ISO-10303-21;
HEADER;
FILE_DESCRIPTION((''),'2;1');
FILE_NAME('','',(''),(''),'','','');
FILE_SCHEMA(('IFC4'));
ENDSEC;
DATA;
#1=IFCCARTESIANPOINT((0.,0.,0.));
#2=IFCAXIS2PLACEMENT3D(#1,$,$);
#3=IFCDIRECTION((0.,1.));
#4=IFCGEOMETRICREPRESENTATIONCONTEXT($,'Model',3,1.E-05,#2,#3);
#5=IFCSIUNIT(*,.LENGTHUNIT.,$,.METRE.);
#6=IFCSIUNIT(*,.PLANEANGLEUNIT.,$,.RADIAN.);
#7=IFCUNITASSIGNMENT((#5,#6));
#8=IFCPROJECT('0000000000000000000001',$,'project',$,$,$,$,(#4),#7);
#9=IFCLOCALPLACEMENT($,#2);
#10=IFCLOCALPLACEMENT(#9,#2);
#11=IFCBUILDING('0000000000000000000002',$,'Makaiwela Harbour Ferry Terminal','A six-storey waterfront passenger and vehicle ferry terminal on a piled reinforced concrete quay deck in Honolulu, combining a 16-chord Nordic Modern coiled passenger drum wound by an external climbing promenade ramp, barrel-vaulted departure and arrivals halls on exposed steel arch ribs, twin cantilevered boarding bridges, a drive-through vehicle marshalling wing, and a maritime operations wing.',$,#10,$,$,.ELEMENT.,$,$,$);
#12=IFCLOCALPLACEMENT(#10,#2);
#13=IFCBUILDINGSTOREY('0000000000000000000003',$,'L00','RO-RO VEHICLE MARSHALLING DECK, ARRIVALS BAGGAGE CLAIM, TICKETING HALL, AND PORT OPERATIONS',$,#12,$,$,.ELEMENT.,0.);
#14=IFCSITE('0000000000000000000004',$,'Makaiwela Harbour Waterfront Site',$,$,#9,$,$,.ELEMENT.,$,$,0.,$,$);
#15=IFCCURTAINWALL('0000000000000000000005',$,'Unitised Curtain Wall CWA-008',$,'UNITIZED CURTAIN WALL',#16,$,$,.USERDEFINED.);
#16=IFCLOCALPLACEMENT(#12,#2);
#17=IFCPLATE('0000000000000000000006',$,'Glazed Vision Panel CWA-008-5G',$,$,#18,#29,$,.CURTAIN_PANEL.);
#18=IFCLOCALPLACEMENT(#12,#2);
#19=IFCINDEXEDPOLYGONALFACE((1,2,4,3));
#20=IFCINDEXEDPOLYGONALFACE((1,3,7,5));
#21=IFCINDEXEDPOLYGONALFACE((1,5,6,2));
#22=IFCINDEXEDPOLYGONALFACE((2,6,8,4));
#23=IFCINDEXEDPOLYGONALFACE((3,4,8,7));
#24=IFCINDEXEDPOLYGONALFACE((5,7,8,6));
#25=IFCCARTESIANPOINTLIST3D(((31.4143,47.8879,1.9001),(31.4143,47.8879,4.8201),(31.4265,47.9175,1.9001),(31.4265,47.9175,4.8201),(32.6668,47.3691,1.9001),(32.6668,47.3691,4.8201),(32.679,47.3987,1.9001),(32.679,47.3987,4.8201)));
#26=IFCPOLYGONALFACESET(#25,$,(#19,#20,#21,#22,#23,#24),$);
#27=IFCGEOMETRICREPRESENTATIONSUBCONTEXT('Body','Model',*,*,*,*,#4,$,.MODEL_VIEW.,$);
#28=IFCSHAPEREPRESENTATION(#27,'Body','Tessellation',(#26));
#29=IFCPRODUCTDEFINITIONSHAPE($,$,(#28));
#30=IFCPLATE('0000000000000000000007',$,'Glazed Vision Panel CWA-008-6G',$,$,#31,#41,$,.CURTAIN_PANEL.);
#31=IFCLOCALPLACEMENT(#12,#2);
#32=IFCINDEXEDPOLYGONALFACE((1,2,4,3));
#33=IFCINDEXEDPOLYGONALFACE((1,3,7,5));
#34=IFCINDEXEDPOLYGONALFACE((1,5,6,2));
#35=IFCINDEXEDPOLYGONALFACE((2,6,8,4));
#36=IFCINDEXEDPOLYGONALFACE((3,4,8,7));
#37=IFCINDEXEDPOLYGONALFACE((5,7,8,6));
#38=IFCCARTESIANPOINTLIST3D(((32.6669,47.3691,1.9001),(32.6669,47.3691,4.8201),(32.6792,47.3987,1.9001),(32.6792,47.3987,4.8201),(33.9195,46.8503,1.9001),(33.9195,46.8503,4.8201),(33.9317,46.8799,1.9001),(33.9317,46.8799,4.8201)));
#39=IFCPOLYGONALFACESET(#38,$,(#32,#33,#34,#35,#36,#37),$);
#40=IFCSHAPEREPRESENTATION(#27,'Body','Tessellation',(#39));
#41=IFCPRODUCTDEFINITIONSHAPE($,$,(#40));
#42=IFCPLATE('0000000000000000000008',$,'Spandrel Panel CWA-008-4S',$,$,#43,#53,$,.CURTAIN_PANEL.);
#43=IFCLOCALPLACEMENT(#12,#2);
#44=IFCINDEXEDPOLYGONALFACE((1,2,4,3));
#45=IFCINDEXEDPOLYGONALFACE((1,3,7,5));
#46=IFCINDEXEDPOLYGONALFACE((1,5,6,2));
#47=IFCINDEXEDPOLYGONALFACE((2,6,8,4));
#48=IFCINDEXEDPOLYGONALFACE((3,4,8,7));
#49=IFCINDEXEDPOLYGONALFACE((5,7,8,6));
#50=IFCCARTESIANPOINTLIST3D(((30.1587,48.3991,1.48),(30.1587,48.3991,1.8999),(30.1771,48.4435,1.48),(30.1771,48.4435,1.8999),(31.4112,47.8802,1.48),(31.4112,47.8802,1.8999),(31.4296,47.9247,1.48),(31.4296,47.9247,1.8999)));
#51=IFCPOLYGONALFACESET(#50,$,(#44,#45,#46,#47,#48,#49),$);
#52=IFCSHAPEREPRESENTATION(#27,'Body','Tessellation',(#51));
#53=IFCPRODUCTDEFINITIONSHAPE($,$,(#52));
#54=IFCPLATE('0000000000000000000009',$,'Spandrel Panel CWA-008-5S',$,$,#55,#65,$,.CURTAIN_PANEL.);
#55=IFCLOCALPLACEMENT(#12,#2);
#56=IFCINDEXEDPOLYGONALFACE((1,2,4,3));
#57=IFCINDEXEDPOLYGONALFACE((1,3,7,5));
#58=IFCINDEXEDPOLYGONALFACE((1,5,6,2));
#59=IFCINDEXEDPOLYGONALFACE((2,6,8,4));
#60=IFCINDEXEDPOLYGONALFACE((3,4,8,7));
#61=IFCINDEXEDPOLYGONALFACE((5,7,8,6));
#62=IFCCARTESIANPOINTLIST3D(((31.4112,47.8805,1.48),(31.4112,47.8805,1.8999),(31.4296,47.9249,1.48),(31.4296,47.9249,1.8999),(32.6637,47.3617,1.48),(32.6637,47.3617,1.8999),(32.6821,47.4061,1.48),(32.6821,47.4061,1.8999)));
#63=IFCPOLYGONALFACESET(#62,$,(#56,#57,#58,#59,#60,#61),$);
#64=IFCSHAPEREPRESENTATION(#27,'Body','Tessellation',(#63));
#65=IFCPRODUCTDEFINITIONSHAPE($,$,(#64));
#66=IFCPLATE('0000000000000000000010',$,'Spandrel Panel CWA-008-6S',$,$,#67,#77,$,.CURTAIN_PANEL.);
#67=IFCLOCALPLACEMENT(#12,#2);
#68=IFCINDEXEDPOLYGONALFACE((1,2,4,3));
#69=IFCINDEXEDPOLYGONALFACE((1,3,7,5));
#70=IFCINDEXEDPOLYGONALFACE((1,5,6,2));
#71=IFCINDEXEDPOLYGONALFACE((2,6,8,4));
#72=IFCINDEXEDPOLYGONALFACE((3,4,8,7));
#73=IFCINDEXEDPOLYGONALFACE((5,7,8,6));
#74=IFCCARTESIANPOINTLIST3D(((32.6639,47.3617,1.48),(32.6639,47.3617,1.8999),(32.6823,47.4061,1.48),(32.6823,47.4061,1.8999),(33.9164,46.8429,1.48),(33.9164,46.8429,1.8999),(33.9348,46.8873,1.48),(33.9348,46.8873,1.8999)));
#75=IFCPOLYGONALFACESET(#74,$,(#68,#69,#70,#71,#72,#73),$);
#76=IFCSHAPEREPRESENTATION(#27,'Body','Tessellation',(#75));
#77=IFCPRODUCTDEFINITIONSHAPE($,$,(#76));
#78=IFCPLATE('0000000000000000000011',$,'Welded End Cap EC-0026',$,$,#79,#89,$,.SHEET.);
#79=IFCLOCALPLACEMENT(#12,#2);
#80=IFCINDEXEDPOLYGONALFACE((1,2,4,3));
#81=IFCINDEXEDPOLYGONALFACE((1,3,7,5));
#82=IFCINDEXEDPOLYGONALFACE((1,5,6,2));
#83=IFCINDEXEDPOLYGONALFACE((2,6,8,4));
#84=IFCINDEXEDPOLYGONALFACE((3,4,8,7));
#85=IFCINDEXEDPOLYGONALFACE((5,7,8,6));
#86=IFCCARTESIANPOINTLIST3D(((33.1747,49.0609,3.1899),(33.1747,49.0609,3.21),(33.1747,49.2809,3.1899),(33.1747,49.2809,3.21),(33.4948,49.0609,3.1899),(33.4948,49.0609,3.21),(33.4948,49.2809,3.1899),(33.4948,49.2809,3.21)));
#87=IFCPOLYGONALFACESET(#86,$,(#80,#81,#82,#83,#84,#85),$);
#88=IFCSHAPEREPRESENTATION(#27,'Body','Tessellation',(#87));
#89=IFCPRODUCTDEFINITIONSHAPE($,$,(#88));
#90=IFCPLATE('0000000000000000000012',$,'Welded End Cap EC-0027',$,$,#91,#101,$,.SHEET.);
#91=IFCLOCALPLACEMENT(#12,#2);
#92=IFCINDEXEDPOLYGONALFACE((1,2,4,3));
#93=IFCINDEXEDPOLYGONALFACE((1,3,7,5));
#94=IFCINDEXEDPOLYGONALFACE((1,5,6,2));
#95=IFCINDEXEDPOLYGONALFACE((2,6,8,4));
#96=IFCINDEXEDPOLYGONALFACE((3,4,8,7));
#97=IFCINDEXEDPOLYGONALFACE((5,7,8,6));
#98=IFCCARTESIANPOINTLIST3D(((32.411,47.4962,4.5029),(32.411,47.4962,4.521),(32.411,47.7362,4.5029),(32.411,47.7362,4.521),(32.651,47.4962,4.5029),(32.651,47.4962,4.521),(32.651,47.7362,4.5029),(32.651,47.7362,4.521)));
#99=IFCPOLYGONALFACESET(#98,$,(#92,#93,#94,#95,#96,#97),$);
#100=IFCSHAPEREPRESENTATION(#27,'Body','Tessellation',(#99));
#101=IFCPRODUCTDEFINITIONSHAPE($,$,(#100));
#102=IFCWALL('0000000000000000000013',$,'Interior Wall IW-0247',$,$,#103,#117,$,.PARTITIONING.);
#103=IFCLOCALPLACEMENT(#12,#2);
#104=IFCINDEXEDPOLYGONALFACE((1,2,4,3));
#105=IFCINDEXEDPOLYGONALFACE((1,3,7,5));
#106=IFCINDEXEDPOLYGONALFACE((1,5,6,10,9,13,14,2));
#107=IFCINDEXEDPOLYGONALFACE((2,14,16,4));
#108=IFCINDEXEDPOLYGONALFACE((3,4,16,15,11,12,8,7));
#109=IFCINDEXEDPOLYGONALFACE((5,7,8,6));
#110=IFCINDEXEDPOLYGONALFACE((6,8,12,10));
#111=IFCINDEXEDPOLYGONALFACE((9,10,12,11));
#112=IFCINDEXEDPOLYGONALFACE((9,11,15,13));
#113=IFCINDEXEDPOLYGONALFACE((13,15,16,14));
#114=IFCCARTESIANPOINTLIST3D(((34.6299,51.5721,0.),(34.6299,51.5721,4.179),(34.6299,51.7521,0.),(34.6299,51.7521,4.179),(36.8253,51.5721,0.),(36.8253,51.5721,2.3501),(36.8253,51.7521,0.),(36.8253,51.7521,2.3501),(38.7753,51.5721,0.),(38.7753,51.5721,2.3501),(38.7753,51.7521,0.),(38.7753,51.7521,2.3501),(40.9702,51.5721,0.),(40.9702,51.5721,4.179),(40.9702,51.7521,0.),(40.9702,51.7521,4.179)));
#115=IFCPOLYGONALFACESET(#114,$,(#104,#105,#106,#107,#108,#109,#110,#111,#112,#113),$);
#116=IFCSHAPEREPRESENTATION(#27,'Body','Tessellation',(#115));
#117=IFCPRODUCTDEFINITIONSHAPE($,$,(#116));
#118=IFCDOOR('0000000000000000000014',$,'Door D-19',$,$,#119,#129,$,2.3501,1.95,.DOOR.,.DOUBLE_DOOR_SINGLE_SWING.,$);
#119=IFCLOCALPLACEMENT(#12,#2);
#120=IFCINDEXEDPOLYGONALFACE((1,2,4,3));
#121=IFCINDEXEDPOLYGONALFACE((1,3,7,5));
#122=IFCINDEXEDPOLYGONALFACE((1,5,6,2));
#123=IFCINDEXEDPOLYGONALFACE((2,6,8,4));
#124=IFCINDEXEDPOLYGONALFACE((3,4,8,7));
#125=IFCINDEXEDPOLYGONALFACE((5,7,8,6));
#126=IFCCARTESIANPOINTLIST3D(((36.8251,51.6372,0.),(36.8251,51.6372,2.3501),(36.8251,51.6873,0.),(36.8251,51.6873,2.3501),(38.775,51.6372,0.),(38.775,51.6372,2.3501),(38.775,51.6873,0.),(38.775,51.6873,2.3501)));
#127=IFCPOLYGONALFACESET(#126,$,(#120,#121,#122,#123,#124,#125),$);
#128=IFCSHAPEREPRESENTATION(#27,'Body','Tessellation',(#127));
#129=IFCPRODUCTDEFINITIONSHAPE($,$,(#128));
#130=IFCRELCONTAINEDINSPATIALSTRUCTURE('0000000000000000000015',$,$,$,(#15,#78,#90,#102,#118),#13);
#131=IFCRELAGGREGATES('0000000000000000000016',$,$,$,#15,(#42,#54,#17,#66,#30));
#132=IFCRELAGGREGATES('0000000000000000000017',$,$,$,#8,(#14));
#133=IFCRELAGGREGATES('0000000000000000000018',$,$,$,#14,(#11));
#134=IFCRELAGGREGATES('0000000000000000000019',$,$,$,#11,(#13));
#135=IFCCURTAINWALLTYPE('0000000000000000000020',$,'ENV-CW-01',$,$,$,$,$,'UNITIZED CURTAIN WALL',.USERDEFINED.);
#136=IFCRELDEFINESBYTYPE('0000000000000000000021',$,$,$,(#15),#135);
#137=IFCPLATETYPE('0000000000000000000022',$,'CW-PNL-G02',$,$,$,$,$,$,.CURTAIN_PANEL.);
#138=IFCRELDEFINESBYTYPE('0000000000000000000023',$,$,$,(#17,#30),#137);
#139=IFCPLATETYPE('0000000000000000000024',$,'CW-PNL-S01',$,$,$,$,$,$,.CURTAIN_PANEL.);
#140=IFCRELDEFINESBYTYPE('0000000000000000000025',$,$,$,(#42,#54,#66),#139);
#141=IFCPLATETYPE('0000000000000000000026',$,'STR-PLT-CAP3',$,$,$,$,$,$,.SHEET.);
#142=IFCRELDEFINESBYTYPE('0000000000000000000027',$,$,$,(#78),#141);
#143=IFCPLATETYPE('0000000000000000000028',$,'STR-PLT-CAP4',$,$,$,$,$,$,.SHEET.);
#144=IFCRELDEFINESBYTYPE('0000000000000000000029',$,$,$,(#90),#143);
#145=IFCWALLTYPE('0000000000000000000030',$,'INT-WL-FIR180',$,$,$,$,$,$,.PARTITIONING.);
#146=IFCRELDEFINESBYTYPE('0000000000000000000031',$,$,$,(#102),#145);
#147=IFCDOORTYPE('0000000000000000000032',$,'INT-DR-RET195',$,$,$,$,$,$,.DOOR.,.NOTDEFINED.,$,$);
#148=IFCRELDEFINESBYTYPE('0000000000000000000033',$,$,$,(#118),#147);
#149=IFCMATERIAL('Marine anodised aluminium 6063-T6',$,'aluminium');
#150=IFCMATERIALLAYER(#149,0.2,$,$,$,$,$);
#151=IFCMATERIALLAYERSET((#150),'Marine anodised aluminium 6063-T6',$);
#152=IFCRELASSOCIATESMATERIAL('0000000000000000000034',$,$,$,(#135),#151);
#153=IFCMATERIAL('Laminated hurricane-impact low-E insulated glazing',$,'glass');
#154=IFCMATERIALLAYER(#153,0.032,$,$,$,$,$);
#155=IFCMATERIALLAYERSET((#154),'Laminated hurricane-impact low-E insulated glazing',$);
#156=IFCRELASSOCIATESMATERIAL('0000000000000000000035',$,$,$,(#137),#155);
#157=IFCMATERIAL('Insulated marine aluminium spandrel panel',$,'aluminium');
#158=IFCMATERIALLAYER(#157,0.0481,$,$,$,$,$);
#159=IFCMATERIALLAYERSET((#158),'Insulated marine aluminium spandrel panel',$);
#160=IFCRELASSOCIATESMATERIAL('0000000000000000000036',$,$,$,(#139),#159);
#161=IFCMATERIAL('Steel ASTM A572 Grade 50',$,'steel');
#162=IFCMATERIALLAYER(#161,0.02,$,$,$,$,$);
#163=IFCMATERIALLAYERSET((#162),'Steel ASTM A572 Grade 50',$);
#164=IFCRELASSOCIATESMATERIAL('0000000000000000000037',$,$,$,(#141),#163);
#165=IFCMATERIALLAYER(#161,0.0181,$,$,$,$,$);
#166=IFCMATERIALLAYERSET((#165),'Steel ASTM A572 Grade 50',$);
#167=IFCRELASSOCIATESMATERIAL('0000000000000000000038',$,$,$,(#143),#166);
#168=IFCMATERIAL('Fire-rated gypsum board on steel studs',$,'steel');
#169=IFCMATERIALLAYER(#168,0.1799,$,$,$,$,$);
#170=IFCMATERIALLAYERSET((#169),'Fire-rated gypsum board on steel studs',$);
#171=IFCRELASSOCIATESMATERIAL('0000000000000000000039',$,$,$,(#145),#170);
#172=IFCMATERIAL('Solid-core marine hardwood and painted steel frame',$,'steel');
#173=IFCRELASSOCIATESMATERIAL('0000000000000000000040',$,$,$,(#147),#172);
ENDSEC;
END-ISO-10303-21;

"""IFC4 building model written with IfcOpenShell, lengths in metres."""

from ifc_helpers import new_model, si_unit, direction, frame, frame_2d, origin, origin_2d, place, context, subcontext, project, spatial, rectangle, extrude, material, layer, layer_set, type_object, element, fill, aggregate, save


model = new_model("IFC4")

# Units and contexts
model_context = context("Model", 3, precision=1e-05, world=origin(), true_north=direction((0.0, 1.0)))
body_context = subcontext(model_context, "Body", "Model", "MODEL_VIEW")
ifc_project = project(units=[si_unit("LENGTHUNIT", "METRE"), si_unit("PLANEANGLEUNIT", "RADIAN")], contexts=[model_context])

# Site, building, storey
site_placement = place(None, origin())
site = spatial("IfcSite", under=ifc_project, at=site_placement, Name="Makaiwela Harbour Waterfront Site", CompositionType="ELEMENT", RefElevation=0.0)
building_placement = place(site_placement, origin())
building = spatial("IfcBuilding", under=site, at=building_placement, Name="Makaiwela Harbour Ferry Terminal", Description="A six-storey waterfront passenger and vehicle ferry terminal on a piled reinforced concrete quay deck in Honolulu, combining a 16-chord Nordic Modern coiled passenger drum wound by an external climbing promenade ramp, barrel-vaulted departure and arrivals halls on exposed steel arch ribs, twin cantilevered boarding bridges, a drive-through vehicle marshalling wing, and a maritime operations wing.", CompositionType="ELEMENT")
storey_placement = place(building_placement, origin())
storey = spatial("IfcBuildingStorey", under=building, at=storey_placement, Name="L00", Description="RO-RO VEHICLE MARSHALLING DECK, ARRIVALS BAGGAGE CLAIM, TICKETING HALL, AND PORT OPERATIONS", CompositionType="ELEMENT", Elevation=0.0)

# Curtain wall
ifc_material_1 = material(Name="Marine anodised aluminium 6063-T6", Category="aluminium")
ifc_layer_1 = layer(ifc_material_1, 0.2)
ifc_layer_set_1 = layer_set([ifc_layer_1], Name="Marine anodised aluminium 6063-T6")
curtain_wall_type = type_object("IfcCurtainWallType", Name="ENV-CW-01", ElementType="UNITIZED CURTAIN WALL", PredefinedType="USERDEFINED", material=ifc_layer_set_1)
curtain_wall_placement = place(storey_placement, origin())
curtain_wall = element("IfcCurtainWall", 1, at=curtain_wall_placement, inside=storey, type_object=curtain_wall_type, Name="Unitised Curtain Wall CWA-008", ObjectType="UNITIZED CURTAIN WALL", PredefinedType="USERDEFINED")

# Plates
ifc_material_2 = material(Name="Laminated hurricane-impact low-E insulated glazing", Category="glass")
ifc_layer_2 = layer(ifc_material_2, 0.032)
ifc_layer_set_2 = layer_set([ifc_layer_2], Name="Laminated hurricane-impact low-E insulated glazing")
plate_type_1 = type_object("IfcPlateType", Name="CW-PNL-G02", PredefinedType="CURTAIN_PANEL", material=ifc_layer_set_2)
plate_1_placement = place(storey_placement, frame((32.0466, 47.6433, 1.9001), z_axis=(0.0, 0.0, 1.0), x_axis=(0.92388, -0.382683, 0.0)))
plate_1 = element("IfcPlate", 2, at=plate_1_placement, type_object=plate_type_1, Name="Glazed Vision Panel CWA-008-5G", PredefinedType="CURTAIN_PANEL", context=body_context, shape_type="SweptSolid", body=[
    extrude(rectangle(XDim=1.3557, YDim=0.032, at=origin_2d()), origin(), (0.0, 0.0, 1.0), 2.9199),
])
plate_2_placement = place(storey_placement, frame((33.2993, 47.1245, 1.9001), z_axis=(0.0, 0.0, 1.0), x_axis=(0.92388, -0.382683, 0.0)))
plate_2 = element("IfcPlate", 3, at=plate_2_placement, type_object=plate_type_1, Name="Glazed Vision Panel CWA-008-6G", PredefinedType="CURTAIN_PANEL", context=body_context, shape_type="SweptSolid", body=[
    extrude(rectangle(XDim=1.3557, YDim=0.032, at=origin_2d()), origin(), (0.0, 0.0, 1.0), 2.9199),
])
ifc_material_3 = material(Name="Insulated marine aluminium spandrel panel", Category="aluminium")
ifc_layer_3 = layer(ifc_material_3, 0.0481)
ifc_layer_set_3 = layer_set([ifc_layer_3], Name="Insulated marine aluminium spandrel panel")
plate_type_2 = type_object("IfcPlateType", Name="CW-PNL-S01", PredefinedType="CURTAIN_PANEL", material=ifc_layer_set_3)
plate_3_placement = place(storey_placement, frame((30.7942, 48.1619, 1.48), z_axis=(0.0, 0.0, 1.0), x_axis=(0.92388, -0.382683, 0.0)))
plate_3 = element("IfcPlate", 4, at=plate_3_placement, type_object=plate_type_2, Name="Spandrel Panel CWA-008-4S", PredefinedType="CURTAIN_PANEL", context=body_context, shape_type="SweptSolid", body=[
    extrude(rectangle(XDim=1.3557, YDim=0.0481, at=origin_2d()), origin(), (0.0, 0.0, 1.0), 0.4199),
])
plate_4_placement = place(storey_placement, frame((32.0466, 47.6433, 1.48), z_axis=(0.0, 0.0, 1.0), x_axis=(0.92388, -0.382683, 0.0)))
plate_4 = element("IfcPlate", 5, at=plate_4_placement, type_object=plate_type_2, Name="Spandrel Panel CWA-008-5S", PredefinedType="CURTAIN_PANEL", context=body_context, shape_type="SweptSolid", body=[
    extrude(rectangle(XDim=1.3557, YDim=0.0481, at=origin_2d()), origin(), (0.0, 0.0, 1.0), 0.4199),
])
plate_5_placement = place(storey_placement, frame((33.2993, 47.1245, 1.48), z_axis=(0.0, 0.0, 1.0), x_axis=(0.92388, -0.382683, 0.0)))
plate_5 = element("IfcPlate", 6, at=plate_5_placement, type_object=plate_type_2, Name="Spandrel Panel CWA-008-6S", PredefinedType="CURTAIN_PANEL", context=body_context, shape_type="SweptSolid", body=[
    extrude(rectangle(XDim=1.3557, YDim=0.0481, at=origin_2d()), origin(), (0.0, 0.0, 1.0), 0.4199),
])
aggregate(curtain_wall, [plate_3, plate_4, plate_1, plate_5, plate_2])

# Plates
ifc_material_4 = material(Name="Steel ASTM A572 Grade 50", Category="steel")
ifc_layer_4 = layer(ifc_material_4, 0.02)
ifc_layer_set_4 = layer_set([ifc_layer_4], Name="Steel ASTM A572 Grade 50")
plate_type_3 = type_object("IfcPlateType", Name="STR-PLT-CAP3", PredefinedType="SHEET", material=ifc_layer_set_4)
plate_6_placement = place(storey_placement, frame((33.3347, 49.1709, 3.1899), z_axis=(0.0, 0.0, 1.0), x_axis=(1.0, 0.0, 0.0)))
element("IfcPlate", 7, at=plate_6_placement, inside=storey, type_object=plate_type_3, Name="Welded End Cap EC-0026", PredefinedType="SHEET", context=body_context, shape_type="SweptSolid", body=[
    extrude(rectangle(XDim=0.3201, YDim=0.22, at=origin_2d()), origin(), (0.0, 0.0, 1.0), 0.02),
])
ifc_layer_5 = layer(ifc_material_4, 0.0181)
ifc_layer_set_5 = layer_set([ifc_layer_5], Name="Steel ASTM A572 Grade 50")
plate_type_4 = type_object("IfcPlateType", Name="STR-PLT-CAP4", PredefinedType="SHEET", material=ifc_layer_set_5)
plate_7_placement = place(storey_placement, frame((32.531, 47.6162, 4.5029), z_axis=(0.0, 0.0, 1.0), x_axis=(1.0, 0.0, 0.0)))
element("IfcPlate", 8, at=plate_7_placement, inside=storey, type_object=plate_type_4, Name="Welded End Cap EC-0027", PredefinedType="SHEET", context=body_context, shape_type="SweptSolid", body=[
    extrude(rectangle(XDim=0.24, YDim=0.24, at=origin_2d()), origin(), (0.0, 0.0, 1.0), 0.0181),
])

# Wall, opening, door
ifc_material_5 = material(Name="Fire-rated gypsum board on steel studs", Category="steel")
ifc_layer_6 = layer(ifc_material_5, 0.1799)
ifc_layer_set_6 = layer_set([ifc_layer_6], Name="Fire-rated gypsum board on steel studs")
wall_type = type_object("IfcWallType", Name="INT-WL-FIR180", PredefinedType="PARTITIONING", material=ifc_layer_set_6)
wall_placement = place(storey_placement, frame((34.6299, 51.6621, 0.0), z_axis=(0.0, 0.0, 1.0), x_axis=(1.0, 0.0, 0.0)))
wall = element("IfcWall", 9, at=wall_placement, inside=storey, type_object=wall_type, Name="Interior Wall IW-0247", PredefinedType="PARTITIONING", context=body_context, shape_type="SweptSolid", body=[
    extrude(rectangle(XDim=6.3403, YDim=0.1799, at=frame_2d((3.1702, 0.0))), origin(), (0.0, 0.0, 1.0), 4.179),
])
opening_placement = place(wall_placement, frame((2.1953, 0.0, 0.0)))
opening = element("IfcOpeningElement", 10, at=opening_placement, cuts=wall, PredefinedType="OPENING", context=body_context, shape_type="SweptSolid", body=[
    extrude(rectangle(XDim=1.95, YDim=2.3501, at=frame_2d((0.9751, 1.175))), frame((0.0, 0.0999, 0.0), z_axis=(0.0, -1.0, 0.0), x_axis=(1.0, 0.0, 0.0)), (0.0, 0.0, 1.0), 0.2),
])
ifc_material_6 = material(Name="Solid-core marine hardwood and painted steel frame", Category="steel")
door_type = type_object("IfcDoorType", Name="INT-DR-RET195", OperationType="NOTDEFINED", PredefinedType="DOOR", material=ifc_material_6)
door_placement = place(opening_placement, frame((1.95, 0.0, 0.0), z_axis=(0.0, 0.0, 1.0), x_axis=(-1.0, 0.0, 0.0)))
door = element("IfcDoor", 11, at=door_placement, inside=storey, type_object=door_type, Name="Door D-19", OperationType="DOUBLE_DOOR_SINGLE_SWING", OverallHeight=2.3501, OverallWidth=1.95, PredefinedType="DOOR", context=body_context, shape_type="SweptSolid", body=[
    extrude(rectangle(XDim=1.95, YDim=2.3501, at=frame_2d((0.9751, 1.175))), frame((0.0, 0.0249, 0.0), z_axis=(0.0, -1.0, 0.0), x_axis=(1.0, 0.0, 0.0)), (0.0, 0.0, 1.0), 0.05),
])
fill(opening, door)

save(model, "model.ifc")
